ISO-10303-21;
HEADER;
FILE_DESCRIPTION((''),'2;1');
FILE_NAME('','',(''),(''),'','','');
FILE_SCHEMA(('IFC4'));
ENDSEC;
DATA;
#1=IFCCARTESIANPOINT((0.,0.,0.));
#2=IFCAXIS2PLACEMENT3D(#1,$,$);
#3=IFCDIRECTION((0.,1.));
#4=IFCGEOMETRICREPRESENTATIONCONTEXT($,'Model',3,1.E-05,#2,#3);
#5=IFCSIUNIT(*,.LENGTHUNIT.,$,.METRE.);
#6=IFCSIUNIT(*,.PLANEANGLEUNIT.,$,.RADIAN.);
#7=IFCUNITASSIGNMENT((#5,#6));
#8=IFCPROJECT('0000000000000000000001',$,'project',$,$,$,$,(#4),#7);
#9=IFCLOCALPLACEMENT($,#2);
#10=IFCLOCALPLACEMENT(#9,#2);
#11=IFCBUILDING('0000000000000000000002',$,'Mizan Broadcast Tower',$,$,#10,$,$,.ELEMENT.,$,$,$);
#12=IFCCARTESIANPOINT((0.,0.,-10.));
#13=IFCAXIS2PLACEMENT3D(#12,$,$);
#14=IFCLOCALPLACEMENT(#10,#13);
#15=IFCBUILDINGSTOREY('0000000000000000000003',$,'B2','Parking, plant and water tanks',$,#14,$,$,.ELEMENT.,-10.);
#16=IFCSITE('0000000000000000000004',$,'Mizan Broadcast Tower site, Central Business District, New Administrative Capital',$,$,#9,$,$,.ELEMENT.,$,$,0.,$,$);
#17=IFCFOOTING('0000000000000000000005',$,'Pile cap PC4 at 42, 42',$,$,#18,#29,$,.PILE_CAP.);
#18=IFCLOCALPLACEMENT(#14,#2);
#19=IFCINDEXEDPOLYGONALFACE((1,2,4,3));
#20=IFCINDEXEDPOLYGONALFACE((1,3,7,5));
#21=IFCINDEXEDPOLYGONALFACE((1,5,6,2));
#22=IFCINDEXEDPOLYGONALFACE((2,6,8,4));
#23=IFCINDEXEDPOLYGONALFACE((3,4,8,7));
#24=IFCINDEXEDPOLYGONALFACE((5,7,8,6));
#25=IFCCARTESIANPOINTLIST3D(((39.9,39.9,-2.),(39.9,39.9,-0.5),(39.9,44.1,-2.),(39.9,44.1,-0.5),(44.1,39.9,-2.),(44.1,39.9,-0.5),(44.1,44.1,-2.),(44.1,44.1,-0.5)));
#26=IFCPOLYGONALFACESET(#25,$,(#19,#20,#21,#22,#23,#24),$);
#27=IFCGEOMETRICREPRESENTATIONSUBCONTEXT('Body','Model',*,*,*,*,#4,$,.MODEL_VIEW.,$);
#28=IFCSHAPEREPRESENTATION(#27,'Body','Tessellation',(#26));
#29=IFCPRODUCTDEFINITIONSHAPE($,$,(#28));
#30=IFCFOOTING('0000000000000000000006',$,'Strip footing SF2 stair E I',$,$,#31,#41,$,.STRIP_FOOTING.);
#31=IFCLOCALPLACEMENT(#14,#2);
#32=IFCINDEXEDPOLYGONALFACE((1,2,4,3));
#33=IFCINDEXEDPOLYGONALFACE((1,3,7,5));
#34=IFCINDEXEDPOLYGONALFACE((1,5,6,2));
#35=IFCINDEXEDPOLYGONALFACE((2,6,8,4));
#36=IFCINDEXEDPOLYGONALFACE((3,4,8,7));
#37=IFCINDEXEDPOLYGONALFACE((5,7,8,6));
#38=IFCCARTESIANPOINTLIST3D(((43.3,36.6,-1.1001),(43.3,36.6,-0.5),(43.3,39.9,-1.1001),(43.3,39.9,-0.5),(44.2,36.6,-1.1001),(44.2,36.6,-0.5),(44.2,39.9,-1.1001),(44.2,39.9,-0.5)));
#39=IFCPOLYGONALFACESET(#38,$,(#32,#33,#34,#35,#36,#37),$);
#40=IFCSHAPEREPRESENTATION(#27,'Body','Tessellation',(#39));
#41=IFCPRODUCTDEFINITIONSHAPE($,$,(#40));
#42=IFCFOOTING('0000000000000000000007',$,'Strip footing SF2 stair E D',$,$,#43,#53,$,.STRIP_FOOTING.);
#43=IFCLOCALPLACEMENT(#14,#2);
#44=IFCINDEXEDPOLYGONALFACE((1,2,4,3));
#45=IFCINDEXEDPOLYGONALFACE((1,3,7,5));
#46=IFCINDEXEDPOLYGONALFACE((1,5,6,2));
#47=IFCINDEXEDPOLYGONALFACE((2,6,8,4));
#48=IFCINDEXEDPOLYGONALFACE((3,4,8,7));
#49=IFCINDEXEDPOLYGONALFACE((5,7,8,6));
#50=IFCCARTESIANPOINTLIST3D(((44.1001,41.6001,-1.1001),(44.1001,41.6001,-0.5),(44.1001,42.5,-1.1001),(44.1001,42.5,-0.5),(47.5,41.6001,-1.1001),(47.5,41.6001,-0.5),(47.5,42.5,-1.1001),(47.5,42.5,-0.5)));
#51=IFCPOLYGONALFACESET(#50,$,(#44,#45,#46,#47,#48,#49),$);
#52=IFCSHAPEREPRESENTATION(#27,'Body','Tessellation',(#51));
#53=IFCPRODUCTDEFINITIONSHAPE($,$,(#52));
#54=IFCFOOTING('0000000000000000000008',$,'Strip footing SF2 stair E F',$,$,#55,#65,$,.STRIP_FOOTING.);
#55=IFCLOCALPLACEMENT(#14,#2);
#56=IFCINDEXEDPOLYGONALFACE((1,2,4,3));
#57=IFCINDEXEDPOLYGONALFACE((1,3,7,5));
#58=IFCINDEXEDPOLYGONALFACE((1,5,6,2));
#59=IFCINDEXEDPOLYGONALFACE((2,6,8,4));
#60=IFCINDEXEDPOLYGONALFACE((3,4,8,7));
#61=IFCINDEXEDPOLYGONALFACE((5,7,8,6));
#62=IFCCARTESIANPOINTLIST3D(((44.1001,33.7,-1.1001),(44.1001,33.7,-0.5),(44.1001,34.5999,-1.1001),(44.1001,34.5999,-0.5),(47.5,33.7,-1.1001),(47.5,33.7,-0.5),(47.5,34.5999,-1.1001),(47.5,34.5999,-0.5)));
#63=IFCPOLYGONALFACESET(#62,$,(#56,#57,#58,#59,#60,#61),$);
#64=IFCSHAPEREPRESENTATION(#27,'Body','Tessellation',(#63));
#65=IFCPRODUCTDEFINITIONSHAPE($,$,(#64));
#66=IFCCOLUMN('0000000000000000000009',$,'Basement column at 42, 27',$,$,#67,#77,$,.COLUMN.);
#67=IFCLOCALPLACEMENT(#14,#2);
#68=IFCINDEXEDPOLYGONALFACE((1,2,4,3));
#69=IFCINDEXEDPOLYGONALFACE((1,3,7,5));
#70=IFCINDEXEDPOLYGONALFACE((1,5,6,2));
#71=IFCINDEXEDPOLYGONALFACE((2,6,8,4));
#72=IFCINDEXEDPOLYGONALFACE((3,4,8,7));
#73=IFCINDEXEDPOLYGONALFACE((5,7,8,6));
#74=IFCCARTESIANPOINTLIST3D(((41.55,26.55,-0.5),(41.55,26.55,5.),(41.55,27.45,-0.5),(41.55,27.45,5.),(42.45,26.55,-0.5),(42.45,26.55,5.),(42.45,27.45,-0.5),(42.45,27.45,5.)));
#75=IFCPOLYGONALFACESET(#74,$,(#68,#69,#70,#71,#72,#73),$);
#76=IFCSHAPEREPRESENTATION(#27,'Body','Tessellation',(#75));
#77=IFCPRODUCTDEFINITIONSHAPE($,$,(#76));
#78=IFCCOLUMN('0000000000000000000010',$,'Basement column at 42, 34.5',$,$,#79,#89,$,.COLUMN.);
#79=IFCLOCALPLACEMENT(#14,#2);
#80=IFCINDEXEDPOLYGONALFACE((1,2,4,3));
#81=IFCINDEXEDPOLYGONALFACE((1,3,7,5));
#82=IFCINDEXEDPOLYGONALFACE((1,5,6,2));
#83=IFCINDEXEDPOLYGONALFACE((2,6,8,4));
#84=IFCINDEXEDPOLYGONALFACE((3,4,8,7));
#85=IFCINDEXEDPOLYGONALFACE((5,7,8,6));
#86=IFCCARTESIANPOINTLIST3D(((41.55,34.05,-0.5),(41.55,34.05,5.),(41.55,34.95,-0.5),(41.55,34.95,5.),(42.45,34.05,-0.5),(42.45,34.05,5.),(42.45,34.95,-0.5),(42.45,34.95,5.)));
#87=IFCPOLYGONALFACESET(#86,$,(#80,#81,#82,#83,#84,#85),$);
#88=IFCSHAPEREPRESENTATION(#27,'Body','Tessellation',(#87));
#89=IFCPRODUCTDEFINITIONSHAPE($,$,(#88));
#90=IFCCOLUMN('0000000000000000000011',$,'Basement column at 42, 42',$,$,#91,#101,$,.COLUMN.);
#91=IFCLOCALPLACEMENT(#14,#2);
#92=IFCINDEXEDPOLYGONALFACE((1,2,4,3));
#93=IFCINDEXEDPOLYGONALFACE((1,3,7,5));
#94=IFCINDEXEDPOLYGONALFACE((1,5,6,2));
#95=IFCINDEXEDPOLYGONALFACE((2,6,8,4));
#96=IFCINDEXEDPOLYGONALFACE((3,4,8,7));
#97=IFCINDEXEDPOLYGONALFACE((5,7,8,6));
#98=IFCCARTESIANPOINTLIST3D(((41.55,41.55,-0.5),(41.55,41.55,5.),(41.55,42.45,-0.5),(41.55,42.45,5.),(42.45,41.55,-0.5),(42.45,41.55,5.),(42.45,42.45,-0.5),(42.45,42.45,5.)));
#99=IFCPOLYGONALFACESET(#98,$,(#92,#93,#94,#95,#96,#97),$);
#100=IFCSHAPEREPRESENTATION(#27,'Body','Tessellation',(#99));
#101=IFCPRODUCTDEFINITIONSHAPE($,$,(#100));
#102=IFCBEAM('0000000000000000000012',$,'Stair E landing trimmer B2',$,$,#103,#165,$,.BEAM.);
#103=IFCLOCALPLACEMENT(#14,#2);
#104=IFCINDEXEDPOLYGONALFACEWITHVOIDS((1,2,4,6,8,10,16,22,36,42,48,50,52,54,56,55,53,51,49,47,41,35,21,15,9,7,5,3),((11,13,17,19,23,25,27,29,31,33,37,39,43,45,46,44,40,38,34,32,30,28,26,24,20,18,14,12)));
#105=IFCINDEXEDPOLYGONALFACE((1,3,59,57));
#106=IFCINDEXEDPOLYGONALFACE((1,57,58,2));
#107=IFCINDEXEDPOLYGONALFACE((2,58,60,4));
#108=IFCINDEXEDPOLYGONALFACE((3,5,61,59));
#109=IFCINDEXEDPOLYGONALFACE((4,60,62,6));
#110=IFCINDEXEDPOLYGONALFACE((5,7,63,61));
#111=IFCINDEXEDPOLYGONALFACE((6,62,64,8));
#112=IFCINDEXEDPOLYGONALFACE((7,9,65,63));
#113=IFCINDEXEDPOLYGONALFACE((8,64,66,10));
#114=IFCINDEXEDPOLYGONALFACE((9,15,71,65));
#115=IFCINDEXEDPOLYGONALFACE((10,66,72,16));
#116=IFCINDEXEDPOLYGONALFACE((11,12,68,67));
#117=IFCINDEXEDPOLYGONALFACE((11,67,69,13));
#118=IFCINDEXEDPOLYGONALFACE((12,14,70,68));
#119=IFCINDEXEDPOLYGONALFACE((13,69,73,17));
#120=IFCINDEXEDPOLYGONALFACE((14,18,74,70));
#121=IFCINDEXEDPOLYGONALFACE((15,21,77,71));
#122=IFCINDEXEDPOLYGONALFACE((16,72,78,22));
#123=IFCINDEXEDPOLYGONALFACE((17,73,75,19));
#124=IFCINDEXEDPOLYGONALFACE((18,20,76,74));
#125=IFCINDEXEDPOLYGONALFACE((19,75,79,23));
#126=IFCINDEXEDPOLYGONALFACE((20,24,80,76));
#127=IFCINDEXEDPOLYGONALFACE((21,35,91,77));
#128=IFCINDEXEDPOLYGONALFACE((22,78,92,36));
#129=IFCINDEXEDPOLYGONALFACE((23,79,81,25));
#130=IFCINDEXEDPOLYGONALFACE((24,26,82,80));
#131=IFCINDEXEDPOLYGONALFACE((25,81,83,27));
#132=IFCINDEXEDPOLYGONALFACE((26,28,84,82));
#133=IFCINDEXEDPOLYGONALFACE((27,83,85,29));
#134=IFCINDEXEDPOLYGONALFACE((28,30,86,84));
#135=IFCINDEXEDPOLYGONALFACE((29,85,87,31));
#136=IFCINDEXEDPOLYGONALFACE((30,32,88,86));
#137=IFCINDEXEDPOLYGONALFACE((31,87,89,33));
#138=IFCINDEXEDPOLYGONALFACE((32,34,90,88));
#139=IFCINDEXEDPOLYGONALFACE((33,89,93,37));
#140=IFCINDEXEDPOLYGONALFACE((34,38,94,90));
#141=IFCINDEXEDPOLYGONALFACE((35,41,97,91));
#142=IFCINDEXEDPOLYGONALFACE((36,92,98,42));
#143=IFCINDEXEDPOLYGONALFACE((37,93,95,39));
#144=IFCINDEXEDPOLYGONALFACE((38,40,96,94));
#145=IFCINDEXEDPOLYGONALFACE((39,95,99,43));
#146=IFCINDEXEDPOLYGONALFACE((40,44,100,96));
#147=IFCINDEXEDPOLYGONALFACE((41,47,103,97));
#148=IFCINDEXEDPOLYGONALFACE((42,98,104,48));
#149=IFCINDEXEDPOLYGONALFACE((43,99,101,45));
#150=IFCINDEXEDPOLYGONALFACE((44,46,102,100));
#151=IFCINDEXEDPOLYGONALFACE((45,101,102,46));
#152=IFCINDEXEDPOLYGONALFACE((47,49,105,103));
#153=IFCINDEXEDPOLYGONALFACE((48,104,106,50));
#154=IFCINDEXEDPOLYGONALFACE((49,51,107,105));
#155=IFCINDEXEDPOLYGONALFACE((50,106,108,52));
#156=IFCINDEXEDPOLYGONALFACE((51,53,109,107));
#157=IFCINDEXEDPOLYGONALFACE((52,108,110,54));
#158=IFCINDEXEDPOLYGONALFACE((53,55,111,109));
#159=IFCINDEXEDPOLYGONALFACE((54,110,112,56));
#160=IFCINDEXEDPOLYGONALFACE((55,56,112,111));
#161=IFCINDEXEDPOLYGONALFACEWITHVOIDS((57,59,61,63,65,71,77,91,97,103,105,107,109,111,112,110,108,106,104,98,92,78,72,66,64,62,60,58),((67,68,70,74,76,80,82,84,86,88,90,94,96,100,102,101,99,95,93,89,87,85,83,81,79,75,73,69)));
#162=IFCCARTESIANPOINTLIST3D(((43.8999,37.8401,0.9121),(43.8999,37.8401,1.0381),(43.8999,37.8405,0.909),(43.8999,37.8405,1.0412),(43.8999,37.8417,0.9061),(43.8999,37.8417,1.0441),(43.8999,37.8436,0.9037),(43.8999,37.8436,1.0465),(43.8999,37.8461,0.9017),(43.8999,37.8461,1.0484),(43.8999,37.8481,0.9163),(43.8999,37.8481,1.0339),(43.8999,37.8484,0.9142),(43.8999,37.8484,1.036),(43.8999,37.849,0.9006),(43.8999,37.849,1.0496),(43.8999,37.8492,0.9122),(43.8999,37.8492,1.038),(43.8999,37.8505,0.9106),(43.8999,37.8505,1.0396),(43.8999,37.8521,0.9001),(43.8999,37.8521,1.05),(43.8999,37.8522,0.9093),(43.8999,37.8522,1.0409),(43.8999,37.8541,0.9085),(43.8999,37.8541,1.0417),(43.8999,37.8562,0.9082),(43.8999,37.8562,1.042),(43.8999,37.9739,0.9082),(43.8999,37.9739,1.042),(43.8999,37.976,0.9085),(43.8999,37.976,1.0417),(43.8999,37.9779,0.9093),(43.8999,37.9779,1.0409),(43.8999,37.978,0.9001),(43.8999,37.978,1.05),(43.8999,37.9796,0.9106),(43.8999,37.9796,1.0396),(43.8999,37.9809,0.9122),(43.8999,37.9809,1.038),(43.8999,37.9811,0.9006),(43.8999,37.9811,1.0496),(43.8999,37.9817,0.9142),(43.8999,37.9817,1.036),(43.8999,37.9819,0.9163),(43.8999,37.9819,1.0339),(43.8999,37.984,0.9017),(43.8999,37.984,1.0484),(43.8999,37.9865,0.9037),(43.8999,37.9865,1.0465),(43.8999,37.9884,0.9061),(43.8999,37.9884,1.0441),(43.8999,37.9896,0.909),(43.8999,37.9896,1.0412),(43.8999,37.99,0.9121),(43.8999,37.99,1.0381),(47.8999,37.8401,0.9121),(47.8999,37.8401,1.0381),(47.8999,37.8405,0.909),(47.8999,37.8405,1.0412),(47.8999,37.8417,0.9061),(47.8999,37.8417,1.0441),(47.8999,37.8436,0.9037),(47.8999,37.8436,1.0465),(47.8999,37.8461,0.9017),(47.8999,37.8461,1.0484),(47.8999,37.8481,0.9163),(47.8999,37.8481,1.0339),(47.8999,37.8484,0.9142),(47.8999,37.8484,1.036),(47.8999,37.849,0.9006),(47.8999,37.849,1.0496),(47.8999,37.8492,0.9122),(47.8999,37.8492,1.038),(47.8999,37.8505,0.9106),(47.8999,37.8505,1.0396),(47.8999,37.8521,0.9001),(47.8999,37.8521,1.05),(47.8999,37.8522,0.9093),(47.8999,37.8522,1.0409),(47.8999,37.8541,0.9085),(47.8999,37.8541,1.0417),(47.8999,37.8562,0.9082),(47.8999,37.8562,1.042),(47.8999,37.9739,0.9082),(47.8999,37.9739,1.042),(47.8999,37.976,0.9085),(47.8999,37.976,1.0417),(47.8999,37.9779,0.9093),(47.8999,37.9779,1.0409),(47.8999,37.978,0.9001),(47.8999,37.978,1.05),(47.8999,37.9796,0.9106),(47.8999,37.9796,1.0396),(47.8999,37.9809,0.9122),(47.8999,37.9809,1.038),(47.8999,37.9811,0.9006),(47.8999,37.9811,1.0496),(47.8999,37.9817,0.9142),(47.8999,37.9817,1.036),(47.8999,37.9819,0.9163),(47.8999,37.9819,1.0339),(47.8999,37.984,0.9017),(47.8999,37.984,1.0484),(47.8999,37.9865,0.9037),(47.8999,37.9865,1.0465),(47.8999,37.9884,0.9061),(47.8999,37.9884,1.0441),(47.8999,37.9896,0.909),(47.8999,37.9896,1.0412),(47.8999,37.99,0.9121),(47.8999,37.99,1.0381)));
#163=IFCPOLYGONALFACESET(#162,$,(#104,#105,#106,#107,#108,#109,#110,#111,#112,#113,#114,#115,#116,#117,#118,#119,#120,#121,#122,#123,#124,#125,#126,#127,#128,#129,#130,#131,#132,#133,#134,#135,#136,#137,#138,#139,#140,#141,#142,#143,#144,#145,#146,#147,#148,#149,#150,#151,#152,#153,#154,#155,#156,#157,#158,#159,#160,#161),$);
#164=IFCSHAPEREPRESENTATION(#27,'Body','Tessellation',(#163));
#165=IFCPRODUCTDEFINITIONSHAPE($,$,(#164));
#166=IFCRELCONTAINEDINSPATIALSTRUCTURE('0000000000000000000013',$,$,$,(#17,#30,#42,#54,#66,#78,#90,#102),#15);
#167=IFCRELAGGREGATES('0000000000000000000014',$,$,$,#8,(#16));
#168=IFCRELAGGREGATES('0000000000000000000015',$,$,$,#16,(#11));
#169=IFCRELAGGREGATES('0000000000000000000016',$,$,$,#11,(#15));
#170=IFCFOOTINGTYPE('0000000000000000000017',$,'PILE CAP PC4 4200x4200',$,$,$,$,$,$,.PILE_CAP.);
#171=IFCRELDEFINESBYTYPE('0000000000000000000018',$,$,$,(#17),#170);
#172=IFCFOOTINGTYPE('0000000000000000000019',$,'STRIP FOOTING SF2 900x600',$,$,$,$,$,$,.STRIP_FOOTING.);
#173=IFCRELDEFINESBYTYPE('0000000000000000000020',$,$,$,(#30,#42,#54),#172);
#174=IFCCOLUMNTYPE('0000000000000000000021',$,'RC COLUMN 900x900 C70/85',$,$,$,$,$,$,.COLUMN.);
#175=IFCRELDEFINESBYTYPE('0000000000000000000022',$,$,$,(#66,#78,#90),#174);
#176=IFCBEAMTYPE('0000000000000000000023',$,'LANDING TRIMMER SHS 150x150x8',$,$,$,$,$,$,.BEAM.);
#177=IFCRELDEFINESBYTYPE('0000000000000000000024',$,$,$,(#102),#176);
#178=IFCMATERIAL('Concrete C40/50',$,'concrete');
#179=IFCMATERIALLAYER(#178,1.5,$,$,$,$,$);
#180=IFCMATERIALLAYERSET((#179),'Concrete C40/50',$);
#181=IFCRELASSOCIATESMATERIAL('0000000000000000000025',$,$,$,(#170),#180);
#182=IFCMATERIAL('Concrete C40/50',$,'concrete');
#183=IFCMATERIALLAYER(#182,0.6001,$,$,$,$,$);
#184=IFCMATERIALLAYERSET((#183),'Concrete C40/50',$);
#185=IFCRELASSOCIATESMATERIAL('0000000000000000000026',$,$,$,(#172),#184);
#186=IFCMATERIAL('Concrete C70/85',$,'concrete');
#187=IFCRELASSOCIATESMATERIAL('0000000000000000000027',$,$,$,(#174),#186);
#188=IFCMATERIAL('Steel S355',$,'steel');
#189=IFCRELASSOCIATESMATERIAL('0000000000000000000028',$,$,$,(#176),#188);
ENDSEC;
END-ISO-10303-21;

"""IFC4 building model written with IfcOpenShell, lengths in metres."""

from ifc_helpers import new_model, si_unit, direction, frame, origin, origin_2d, place, context, subcontext, project, spatial, rectangle, hollow_rectangle, extrude, material, layer, layer_set, material_profile, profile_set, type_object, element, save


model = new_model("IFC4")

# Units and contexts
model_context = context("Model", 3, precision=1e-05, world=origin(), true_north=direction((0.0, 1.0)))
body_context = subcontext(model_context, "Body", "Model", "MODEL_VIEW")
ifc_project = project(units=[si_unit("LENGTHUNIT", "METRE"), si_unit("PLANEANGLEUNIT", "RADIAN")], contexts=[model_context])

# Site, building, storey
site_placement = place(None, origin())
site = spatial("IfcSite", under=ifc_project, at=site_placement, Name="Mizan Broadcast Tower site, Central Business District, New Administrative Capital", CompositionType="ELEMENT", RefElevation=0.0)
building_placement = place(site_placement, origin())
building = spatial("IfcBuilding", under=site, at=building_placement, Name="Mizan Broadcast Tower", CompositionType="ELEMENT")
storey_placement = place(building_placement, frame((0.0, 0.0, -10.0)))
storey = spatial("IfcBuildingStorey", under=building, at=storey_placement, Name="B2", Description="Parking, plant and water tanks", CompositionType="ELEMENT", Elevation=-10.0)

# Footings
ifc_material_1 = material(Name="Concrete C40/50", Category="concrete")
ifc_layer_1 = layer(ifc_material_1, 1.5)
ifc_layer_set_1 = layer_set([ifc_layer_1], Name="Concrete C40/50")
footing_type_1 = type_object("IfcFootingType", Name="PILE CAP PC4 4200x4200", PredefinedType="PILE_CAP", material=ifc_layer_set_1)
for number, where, z_axis, x_axis, name in (
    (1, (42.0, 42.0, -2.0), (0.0, 0.0, 1.0), (1.0, 0.0, 0.0), "Pile cap PC4 at 42, 42"),
):
    element("IfcFooting", number, at=place(storey_placement, frame(where, z_axis=z_axis, x_axis=x_axis)), inside=storey, type_object=footing_type_1, Name=name, PredefinedType="PILE_CAP", context=body_context, shape_type="SweptSolid", body=[
        extrude(rectangle(XDim=4.2, YDim=4.2, at=origin_2d()), origin(), (0.0, 0.0, 1.0), 1.5),
    ])
ifc_material_2 = material(Name="Concrete C40/50", Category="concrete")
ifc_layer_2 = layer(ifc_material_2, 0.6001)
ifc_layer_set_2 = layer_set([ifc_layer_2], Name="Concrete C40/50")
footing_type_2 = type_object("IfcFootingType", Name="STRIP FOOTING SF2 900x600", PredefinedType="STRIP_FOOTING", material=ifc_layer_set_2)
footing_placement = place(storey_placement, frame((43.75, 38.25, -1.1001), z_axis=(0.0, 0.0, 1.0), x_axis=(1.0, 0.0, 0.0)))
element("IfcFooting", 2, at=footing_placement, inside=storey, type_object=footing_type_2, Name="Strip footing SF2 stair E I", PredefinedType="STRIP_FOOTING", context=body_context, shape_type="SweptSolid", body=[
    extrude(rectangle(XDim=0.8999, YDim=3.3, at=origin_2d()), origin(), (0.0, 0.0, 1.0), 0.6001),
])
for number, where, z_axis, x_axis, name in (
    (3, (45.8, 42.05, -1.1001), (0.0, 0.0, 1.0), (1.0, 0.0, 0.0), "Strip footing SF2 stair E D"),
    (4, (45.8, 34.1499, -1.1001), (0.0, 0.0, 1.0), (1.0, 0.0, 0.0), "Strip footing SF2 stair E F"),
):
    element("IfcFooting", number, at=place(storey_placement, frame(where, z_axis=z_axis, x_axis=x_axis)), inside=storey, type_object=footing_type_2, Name=name, PredefinedType="STRIP_FOOTING", context=body_context, shape_type="SweptSolid", body=[
        extrude(rectangle(XDim=3.3999, YDim=0.8999, at=origin_2d()), origin(), (0.0, 0.0, 1.0), 0.6001),
    ])

# Columns
ifc_material_3 = material(Name="Concrete C70/85", Category="concrete")
ifc_material_profile_1 = material_profile(ifc_material_3, rectangle(XDim=0.8999, YDim=0.8999, at=origin_2d()), Name="RC 900x900")
ifc_profile_set_1 = profile_set([ifc_material_profile_1], Name="Concrete C70/85")
column_type = type_object("IfcColumnType", Name="RC COLUMN 900x900 C70/85", PredefinedType="COLUMN", material=ifc_profile_set_1)
for number, where, z_axis, x_axis, name in (
    (5, (42.0, 27.0, -0.5), (0.0, 0.0, 1.0), (1.0, 0.0, 0.0), "Basement column at 42, 27"),
    (6, (42.0, 34.5, -0.5), (0.0, 0.0, 1.0), (1.0, 0.0, 0.0), "Basement column at 42, 34.5"),
    (7, (42.0, 42.0, -0.5), (0.0, 0.0, 1.0), (1.0, 0.0, 0.0), "Basement column at 42, 42"),
):
    element("IfcColumn", number, at=place(storey_placement, frame(where, z_axis=z_axis, x_axis=x_axis)), inside=storey, type_object=column_type, Name=name, PredefinedType="COLUMN", context=body_context, shape_type="SweptSolid", body=[
        extrude(rectangle(XDim=0.8999, YDim=0.8999, at=origin_2d()), origin(), (0.0, 0.0, 1.0), 5.5),
    ])

# Beam
ifc_material_4 = material(Name="Steel S355", Category="steel")
ifc_material_profile_2 = material_profile(ifc_material_4, hollow_rectangle(XDim=0.1499, YDim=0.1499, WallThickness=0.0081, InnerFilletRadius=0.0081, OuterFilletRadius=0.012, at=origin_2d()), Name="SHS 150x150x8")
ifc_profile_set_2 = profile_set([ifc_material_profile_2], Name="Steel S355")
beam_type = type_object("IfcBeamType", Name="LANDING TRIMMER SHS 150x150x8", PredefinedType="BEAM", material=ifc_profile_set_2)
for number, where, z_axis, x_axis, name in (
    (8, (43.8999, 37.915, 0.9751), (1.0, 0.0, 0.0), (0.0, 1.0, 0.0), "Stair E landing trimmer B2"),
):
    element("IfcBeam", number, at=place(storey_placement, frame(where, z_axis=z_axis, x_axis=x_axis)), inside=storey, type_object=beam_type, Name=name, PredefinedType="BEAM", context=body_context, shape_type="SweptSolid", body=[
        extrude(hollow_rectangle(XDim=0.1499, YDim=0.1499, WallThickness=0.0081, InnerFilletRadius=0.0081, OuterFilletRadius=0.012, at=origin_2d()), origin(), (0.0, 0.0, 1.0), 4.0),
    ])

save(model, "model.ifc")
